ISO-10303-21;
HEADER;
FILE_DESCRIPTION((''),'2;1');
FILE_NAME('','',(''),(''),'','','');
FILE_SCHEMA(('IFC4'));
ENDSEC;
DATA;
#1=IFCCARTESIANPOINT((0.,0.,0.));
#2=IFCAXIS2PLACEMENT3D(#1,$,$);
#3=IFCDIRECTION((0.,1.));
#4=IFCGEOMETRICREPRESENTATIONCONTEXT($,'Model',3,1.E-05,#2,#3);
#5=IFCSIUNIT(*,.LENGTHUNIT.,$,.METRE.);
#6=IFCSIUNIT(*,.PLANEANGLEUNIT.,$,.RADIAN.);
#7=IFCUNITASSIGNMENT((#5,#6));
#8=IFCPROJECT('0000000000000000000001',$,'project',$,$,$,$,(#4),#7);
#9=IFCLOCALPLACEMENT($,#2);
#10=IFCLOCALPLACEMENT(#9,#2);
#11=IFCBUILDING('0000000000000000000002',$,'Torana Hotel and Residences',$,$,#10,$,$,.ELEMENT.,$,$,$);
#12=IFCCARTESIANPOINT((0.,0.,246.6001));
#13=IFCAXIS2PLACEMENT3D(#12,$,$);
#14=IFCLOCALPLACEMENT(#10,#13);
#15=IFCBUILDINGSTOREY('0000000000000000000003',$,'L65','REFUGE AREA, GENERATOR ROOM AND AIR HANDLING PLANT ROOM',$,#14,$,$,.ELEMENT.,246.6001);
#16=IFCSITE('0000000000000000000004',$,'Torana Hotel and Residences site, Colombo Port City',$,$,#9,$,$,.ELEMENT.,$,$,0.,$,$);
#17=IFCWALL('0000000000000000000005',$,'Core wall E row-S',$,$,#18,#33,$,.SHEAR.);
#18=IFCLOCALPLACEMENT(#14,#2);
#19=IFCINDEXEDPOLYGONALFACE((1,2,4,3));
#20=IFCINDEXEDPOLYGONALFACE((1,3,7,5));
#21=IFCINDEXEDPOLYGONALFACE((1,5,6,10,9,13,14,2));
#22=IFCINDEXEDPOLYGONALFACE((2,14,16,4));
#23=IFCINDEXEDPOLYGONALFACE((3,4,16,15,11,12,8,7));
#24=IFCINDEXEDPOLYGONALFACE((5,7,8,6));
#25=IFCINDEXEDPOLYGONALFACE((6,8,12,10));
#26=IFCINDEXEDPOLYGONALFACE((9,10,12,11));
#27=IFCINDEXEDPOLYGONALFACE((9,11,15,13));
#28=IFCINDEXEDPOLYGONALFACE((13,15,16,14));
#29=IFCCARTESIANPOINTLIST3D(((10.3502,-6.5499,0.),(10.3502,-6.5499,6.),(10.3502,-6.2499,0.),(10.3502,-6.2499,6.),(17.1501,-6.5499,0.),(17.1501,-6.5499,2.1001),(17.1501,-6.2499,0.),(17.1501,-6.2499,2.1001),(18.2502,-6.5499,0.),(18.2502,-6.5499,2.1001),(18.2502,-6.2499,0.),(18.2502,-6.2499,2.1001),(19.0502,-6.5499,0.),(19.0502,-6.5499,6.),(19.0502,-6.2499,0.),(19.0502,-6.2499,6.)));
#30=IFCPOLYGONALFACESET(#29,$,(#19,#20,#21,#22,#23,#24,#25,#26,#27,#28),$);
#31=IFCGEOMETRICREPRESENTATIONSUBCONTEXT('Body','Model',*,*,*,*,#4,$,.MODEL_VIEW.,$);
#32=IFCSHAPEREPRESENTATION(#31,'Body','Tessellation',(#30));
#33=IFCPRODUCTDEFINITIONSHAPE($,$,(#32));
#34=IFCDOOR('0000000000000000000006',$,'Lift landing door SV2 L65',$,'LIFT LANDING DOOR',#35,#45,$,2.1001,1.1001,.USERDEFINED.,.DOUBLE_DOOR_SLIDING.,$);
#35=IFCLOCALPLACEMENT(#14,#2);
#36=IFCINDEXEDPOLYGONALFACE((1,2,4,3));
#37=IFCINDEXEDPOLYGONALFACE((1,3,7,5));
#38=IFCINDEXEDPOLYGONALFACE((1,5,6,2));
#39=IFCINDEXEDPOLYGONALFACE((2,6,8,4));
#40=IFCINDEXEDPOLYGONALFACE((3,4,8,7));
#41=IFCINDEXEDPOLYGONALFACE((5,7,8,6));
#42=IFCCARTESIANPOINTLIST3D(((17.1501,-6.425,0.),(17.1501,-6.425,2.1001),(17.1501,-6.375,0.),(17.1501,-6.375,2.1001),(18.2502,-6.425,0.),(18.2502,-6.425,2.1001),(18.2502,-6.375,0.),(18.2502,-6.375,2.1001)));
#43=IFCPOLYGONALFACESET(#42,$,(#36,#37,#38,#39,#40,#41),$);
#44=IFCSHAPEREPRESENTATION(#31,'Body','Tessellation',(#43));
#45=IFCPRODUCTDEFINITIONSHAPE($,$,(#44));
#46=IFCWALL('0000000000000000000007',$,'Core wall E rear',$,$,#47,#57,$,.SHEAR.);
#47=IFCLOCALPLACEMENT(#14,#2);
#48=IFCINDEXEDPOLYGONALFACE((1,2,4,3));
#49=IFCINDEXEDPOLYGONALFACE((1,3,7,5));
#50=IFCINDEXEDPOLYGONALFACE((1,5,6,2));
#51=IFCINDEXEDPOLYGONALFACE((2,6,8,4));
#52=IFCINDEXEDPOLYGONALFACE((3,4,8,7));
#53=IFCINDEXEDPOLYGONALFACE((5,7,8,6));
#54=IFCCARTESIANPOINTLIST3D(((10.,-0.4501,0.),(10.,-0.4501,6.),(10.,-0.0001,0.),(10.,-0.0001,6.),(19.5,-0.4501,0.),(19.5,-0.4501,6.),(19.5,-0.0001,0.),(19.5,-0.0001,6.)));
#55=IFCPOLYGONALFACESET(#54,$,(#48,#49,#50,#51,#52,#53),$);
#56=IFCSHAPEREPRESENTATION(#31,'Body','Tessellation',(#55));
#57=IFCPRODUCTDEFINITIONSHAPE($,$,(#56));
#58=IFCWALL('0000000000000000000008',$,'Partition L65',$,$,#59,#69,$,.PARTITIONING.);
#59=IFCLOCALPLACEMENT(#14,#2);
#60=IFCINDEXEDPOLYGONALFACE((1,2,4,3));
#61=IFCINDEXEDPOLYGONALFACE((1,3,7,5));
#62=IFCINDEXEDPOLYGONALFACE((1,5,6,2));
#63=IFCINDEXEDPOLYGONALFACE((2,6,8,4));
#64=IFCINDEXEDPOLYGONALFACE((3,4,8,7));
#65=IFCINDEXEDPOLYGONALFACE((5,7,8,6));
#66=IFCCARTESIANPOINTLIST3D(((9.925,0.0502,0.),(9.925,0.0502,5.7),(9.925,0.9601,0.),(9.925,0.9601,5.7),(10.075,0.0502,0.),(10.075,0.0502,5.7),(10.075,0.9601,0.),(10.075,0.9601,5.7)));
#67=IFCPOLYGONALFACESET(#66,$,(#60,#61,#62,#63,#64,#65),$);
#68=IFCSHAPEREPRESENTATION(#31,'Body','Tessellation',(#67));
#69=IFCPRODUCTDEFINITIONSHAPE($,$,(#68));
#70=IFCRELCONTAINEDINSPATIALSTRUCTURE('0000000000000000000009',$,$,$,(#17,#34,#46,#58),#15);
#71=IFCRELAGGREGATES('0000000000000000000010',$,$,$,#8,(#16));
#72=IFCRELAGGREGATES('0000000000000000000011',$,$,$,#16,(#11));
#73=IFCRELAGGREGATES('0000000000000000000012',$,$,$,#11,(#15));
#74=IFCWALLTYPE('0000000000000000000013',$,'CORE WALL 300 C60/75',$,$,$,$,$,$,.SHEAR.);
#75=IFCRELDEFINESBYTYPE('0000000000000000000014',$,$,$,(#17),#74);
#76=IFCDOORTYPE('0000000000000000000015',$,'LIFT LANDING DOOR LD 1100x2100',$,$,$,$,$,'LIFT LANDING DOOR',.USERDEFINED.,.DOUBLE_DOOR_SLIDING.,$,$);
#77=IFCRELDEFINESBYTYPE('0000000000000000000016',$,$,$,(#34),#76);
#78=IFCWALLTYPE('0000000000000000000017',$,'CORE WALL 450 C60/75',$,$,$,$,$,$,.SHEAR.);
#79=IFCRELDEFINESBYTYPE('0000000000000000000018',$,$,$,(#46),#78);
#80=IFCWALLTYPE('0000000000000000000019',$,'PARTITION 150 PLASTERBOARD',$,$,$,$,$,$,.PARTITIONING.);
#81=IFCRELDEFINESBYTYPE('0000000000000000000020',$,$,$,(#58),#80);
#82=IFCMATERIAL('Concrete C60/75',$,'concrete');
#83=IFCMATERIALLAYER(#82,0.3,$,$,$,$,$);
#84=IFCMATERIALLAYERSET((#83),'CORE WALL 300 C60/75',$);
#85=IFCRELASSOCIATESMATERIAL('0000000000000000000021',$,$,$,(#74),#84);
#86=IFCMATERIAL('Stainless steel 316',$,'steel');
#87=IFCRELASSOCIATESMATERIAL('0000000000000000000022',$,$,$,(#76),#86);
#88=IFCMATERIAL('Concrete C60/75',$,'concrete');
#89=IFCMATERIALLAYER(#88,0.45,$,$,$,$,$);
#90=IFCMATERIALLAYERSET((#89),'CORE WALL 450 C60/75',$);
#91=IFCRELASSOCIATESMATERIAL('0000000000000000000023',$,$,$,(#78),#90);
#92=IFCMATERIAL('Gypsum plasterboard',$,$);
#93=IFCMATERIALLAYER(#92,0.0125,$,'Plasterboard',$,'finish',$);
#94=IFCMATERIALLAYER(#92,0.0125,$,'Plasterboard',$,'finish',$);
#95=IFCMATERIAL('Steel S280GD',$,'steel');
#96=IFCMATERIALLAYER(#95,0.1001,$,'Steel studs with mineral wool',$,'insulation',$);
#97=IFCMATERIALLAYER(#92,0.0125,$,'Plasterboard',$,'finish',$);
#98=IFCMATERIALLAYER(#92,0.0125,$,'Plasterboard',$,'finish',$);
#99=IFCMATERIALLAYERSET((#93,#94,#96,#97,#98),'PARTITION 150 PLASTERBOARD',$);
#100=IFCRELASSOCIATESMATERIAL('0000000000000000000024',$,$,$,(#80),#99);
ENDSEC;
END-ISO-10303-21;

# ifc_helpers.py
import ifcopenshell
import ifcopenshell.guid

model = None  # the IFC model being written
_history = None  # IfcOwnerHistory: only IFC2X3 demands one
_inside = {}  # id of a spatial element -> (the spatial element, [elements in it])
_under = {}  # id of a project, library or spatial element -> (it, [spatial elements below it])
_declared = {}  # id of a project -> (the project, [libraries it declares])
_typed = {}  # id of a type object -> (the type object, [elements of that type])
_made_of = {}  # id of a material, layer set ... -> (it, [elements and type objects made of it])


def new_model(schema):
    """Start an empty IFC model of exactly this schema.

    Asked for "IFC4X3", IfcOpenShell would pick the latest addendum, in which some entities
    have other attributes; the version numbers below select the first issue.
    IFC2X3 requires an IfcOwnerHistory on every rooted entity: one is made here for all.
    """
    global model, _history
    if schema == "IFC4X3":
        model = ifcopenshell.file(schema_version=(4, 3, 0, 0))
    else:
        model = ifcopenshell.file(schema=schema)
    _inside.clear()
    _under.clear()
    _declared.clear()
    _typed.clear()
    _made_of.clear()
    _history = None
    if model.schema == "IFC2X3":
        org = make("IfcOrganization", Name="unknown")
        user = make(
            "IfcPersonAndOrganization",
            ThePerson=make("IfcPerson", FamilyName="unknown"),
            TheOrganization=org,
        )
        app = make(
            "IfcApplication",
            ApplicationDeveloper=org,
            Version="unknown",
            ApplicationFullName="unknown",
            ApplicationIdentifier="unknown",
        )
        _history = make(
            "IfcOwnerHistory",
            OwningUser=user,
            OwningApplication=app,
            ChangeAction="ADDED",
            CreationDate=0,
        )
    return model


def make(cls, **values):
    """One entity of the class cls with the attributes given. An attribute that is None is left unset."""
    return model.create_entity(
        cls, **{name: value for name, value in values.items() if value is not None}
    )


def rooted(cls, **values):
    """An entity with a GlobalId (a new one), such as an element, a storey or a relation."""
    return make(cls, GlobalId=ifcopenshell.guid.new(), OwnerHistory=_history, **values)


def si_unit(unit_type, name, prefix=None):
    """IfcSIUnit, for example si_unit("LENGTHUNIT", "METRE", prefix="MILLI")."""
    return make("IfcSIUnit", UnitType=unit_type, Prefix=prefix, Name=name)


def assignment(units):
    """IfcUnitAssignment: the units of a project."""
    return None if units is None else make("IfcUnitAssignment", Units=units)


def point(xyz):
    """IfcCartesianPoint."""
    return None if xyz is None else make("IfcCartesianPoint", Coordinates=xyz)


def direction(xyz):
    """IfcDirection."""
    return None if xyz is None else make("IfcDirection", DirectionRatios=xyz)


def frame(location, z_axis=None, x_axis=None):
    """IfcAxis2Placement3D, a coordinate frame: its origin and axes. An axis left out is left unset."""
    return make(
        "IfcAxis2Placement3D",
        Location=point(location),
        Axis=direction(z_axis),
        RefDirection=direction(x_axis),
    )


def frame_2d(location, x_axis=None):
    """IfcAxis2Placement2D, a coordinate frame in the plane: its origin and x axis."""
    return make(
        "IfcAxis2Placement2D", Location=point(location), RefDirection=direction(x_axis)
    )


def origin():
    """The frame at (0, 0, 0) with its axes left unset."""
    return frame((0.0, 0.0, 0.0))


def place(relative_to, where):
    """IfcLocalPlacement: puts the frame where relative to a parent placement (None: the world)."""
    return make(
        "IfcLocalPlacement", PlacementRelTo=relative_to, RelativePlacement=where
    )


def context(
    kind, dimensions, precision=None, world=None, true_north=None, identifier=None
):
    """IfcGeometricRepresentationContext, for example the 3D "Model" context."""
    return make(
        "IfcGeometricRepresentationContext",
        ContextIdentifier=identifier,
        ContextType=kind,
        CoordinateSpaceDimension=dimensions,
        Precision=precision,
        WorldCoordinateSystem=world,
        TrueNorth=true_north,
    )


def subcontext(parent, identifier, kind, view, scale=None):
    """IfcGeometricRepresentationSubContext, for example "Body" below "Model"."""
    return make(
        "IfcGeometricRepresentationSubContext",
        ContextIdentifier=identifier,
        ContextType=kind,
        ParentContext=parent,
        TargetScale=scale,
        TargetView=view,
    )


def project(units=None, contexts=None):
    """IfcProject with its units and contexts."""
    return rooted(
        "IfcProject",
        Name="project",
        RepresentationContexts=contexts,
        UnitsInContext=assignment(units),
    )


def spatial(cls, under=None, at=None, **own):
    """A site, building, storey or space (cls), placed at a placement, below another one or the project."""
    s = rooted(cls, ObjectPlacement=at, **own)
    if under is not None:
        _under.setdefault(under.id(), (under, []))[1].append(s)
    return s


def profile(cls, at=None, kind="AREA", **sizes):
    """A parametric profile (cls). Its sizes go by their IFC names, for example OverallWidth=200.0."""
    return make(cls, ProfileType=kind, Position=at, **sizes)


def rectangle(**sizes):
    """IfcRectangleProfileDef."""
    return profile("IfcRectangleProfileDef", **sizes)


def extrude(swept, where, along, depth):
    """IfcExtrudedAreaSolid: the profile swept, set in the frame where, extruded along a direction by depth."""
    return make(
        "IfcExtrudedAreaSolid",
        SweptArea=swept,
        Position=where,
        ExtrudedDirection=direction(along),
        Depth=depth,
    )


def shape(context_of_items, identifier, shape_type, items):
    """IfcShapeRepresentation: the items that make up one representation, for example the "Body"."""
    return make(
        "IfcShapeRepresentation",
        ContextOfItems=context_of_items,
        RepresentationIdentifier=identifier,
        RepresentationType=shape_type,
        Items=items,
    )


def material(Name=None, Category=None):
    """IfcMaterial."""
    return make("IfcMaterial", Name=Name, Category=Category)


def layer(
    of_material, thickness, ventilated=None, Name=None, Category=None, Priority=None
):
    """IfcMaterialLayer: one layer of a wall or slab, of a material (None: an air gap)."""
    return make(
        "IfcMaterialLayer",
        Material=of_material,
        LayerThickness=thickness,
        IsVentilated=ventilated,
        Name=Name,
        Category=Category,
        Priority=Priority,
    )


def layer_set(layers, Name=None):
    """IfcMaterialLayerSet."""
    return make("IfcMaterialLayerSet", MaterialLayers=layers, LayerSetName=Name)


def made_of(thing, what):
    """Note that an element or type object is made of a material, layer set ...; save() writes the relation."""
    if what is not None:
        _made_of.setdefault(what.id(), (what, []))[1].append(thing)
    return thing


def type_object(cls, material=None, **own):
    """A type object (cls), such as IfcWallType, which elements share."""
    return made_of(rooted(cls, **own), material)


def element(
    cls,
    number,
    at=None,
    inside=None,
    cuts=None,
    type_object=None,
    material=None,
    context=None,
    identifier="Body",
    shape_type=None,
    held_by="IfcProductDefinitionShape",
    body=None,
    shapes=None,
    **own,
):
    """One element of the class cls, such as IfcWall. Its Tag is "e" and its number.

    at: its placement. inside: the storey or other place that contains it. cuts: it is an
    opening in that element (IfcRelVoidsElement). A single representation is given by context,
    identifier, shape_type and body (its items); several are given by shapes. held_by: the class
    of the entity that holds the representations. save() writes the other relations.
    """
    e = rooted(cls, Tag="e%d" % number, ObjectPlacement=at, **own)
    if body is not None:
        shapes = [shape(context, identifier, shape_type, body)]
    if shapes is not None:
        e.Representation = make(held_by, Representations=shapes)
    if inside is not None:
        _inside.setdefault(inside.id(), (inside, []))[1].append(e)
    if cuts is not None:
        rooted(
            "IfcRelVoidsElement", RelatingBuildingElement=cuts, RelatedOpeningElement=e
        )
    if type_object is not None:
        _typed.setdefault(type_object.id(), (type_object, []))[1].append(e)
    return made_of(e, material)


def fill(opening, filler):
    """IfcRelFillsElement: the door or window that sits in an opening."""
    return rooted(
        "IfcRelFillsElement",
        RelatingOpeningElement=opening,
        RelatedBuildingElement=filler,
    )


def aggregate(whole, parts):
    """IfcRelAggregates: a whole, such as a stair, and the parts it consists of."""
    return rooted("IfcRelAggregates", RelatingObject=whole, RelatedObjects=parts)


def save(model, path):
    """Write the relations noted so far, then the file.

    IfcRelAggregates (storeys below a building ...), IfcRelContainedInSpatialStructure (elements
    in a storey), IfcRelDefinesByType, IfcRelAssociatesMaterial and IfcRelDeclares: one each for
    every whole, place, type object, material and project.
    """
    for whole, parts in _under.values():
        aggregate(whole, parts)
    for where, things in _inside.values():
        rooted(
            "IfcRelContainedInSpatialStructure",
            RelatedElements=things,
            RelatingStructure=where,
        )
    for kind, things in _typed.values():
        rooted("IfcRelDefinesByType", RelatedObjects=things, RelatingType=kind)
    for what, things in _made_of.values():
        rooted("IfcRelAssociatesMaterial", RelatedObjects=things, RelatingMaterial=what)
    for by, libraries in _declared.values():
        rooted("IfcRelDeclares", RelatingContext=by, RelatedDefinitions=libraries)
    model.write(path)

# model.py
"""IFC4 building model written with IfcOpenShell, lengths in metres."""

from ifc_helpers import new_model, si_unit, direction, frame, frame_2d, origin, place, context, subcontext, project, spatial, rectangle, extrude, material, layer, layer_set, type_object, element, fill, save


model = new_model("IFC4")

# Units and contexts
model_context = context("Model", 3, precision=1e-05, world=origin(), true_north=direction((0.0, 1.0)))
body_context = subcontext(model_context, "Body", "Model", "MODEL_VIEW")
ifc_project = project(units=[si_unit("LENGTHUNIT", "METRE"), si_unit("PLANEANGLEUNIT", "RADIAN")], contexts=[model_context])

# Site, building, storey
site_placement = place(None, origin())
site = spatial("IfcSite", under=ifc_project, at=site_placement, Name="Torana Hotel and Residences site, Colombo Port City", CompositionType="ELEMENT", RefElevation=0.0)
building_placement = place(site_placement, origin())
building = spatial("IfcBuilding", under=site, at=building_placement, Name="Torana Hotel and Residences", CompositionType="ELEMENT")
storey_placement = place(building_placement, frame((0.0, 0.0, 246.6001)))
storey = spatial("IfcBuildingStorey", under=building, at=storey_placement, Name="L65", Description="REFUGE AREA, GENERATOR ROOM AND AIR HANDLING PLANT ROOM", CompositionType="ELEMENT", Elevation=246.6001)

# Shared definitions
ifc_material_1 = material(Name="Concrete C60/75", Category="concrete")
ifc_layer_1 = layer(ifc_material_1, 0.3)
ifc_layer_set_1 = layer_set([ifc_layer_1], Name="CORE WALL 300 C60/75")
wall_type_1 = type_object("IfcWallType", Name="CORE WALL 300 C60/75", PredefinedType="SHEAR", material=ifc_layer_set_1)
ifc_material_2 = material(Name="Stainless steel 316", Category="steel")
door_type_1 = type_object("IfcDoorType", Name="LIFT LANDING DOOR LD 1100x2100", ElementType="LIFT LANDING DOOR", OperationType="DOUBLE_DOOR_SLIDING", PredefinedType="USERDEFINED", material=ifc_material_2)

# Wall, opening, door
wall_1_placement = place(storey_placement, frame((10.3501, -6.3999, 0.0), z_axis=(0.0, 0.0, 1.0), x_axis=(1.0, 0.0, 0.0)))
wall_1 = element("IfcWall", 1, at=wall_1_placement, inside=storey, type_object=wall_type_1, Name="Core wall E row-S", PredefinedType="SHEAR", context=body_context, shape_type="SweptSolid", body=[
    extrude(rectangle(XDim=8.7, YDim=0.3, at=frame_2d((4.3501, 0.0))), origin(), (0.0, 0.0, 1.0), 6.0),
])
opening_1_placement = place(wall_1_placement, frame((6.8, 0.0, 0.0)))
opening_1 = element("IfcOpeningElement", 2, at=opening_1_placement, cuts=wall_1, PredefinedType="OPENING", context=body_context, shape_type="SweptSolid", body=[
    extrude(rectangle(XDim=1.1001, YDim=2.1001, at=frame_2d((0.55, 1.05))), frame((0.0, 0.1599, 0.0), z_axis=(0.0, -1.0, 0.0), x_axis=(1.0, 0.0, 0.0)), (0.0, 0.0, 1.0), 0.3201),
])
door_1_placement = place(opening_1_placement, origin())
door_1 = element("IfcDoor", 3, at=door_1_placement, inside=storey, type_object=door_type_1, Name="Lift landing door SV2 L65", ObjectType="LIFT LANDING DOOR", OperationType="DOUBLE_DOOR_SLIDING", OverallHeight=2.1001, OverallWidth=1.1001, PredefinedType="USERDEFINED", context=body_context, shape_type="SweptSolid", body=[
    extrude(rectangle(XDim=1.1001, YDim=2.1001, at=frame_2d((0.55, 1.05))), frame((0.0, 0.0249, 0.0), z_axis=(0.0, -1.0, 0.0), x_axis=(1.0, 0.0, 0.0)), (0.0, 0.0, 1.0), 0.05),
])
fill(opening_1, door_1)

# Walls
ifc_material_3 = material(Name="Concrete C60/75", Category="concrete")
ifc_layer_2 = layer(ifc_material_3, 0.45)
ifc_layer_set_2 = layer_set([ifc_layer_2], Name="CORE WALL 450 C60/75")
wall_type_2 = type_object("IfcWallType", Name="CORE WALL 450 C60/75", PredefinedType="SHEAR", material=ifc_layer_set_2)
wall_2_placement = place(storey_placement, frame((10.0, -0.2251, 0.0), z_axis=(0.0, 0.0, 1.0), x_axis=(1.0, 0.0, 0.0)))
element("IfcWall", 4, at=wall_2_placement, inside=storey, type_object=wall_type_2, Name="Core wall E rear", PredefinedType="SHEAR", context=body_context, shape_type="SweptSolid", body=[
    extrude(rectangle(XDim=9.5, YDim=0.45, at=frame_2d((4.75, 0.0))), origin(), (0.0, 0.0, 1.0), 6.0),
])
ifc_material_4 = material(Name="Gypsum plasterboard")
ifc_layer_3 = layer(ifc_material_4, 0.0125, Name="Plasterboard", Category="finish")
ifc_layer_4 = layer(ifc_material_4, 0.0125, Name="Plasterboard", Category="finish")
ifc_material_5 = material(Name="Steel S280GD", Category="steel")
ifc_layer_5 = layer(ifc_material_5, 0.1001, Name="Steel studs with mineral wool", Category="insulation")
ifc_layer_6 = layer(ifc_material_4, 0.0125, Name="Plasterboard", Category="finish")
ifc_layer_7 = layer(ifc_material_4, 0.0125, Name="Plasterboard", Category="finish")
ifc_layer_set_3 = layer_set([ifc_layer_3, ifc_layer_4, ifc_layer_5, ifc_layer_6, ifc_layer_7], Name="PARTITION 150 PLASTERBOARD")
wall_type_3 = type_object("IfcWallType", Name="PARTITION 150 PLASTERBOARD", PredefinedType="PARTITIONING", material=ifc_layer_set_3)
wall_3_placement = place(storey_placement, frame((10.0, 0.05, 0.0), z_axis=(0.0, 0.0, 1.0), x_axis=(0.0, 1.0, 0.0)))
element("IfcWall", 5, at=wall_3_placement, inside=storey, type_object=wall_type_3, Name="Partition L65", PredefinedType="PARTITIONING", context=body_context, shape_type="SweptSolid", body=[
    extrude(rectangle(XDim=0.9099, YDim=0.1499, at=frame_2d((0.4551, 0.0))), origin(), (0.0, 0.0, 1.0), 5.7),
])

save(model, "model.ifc")
